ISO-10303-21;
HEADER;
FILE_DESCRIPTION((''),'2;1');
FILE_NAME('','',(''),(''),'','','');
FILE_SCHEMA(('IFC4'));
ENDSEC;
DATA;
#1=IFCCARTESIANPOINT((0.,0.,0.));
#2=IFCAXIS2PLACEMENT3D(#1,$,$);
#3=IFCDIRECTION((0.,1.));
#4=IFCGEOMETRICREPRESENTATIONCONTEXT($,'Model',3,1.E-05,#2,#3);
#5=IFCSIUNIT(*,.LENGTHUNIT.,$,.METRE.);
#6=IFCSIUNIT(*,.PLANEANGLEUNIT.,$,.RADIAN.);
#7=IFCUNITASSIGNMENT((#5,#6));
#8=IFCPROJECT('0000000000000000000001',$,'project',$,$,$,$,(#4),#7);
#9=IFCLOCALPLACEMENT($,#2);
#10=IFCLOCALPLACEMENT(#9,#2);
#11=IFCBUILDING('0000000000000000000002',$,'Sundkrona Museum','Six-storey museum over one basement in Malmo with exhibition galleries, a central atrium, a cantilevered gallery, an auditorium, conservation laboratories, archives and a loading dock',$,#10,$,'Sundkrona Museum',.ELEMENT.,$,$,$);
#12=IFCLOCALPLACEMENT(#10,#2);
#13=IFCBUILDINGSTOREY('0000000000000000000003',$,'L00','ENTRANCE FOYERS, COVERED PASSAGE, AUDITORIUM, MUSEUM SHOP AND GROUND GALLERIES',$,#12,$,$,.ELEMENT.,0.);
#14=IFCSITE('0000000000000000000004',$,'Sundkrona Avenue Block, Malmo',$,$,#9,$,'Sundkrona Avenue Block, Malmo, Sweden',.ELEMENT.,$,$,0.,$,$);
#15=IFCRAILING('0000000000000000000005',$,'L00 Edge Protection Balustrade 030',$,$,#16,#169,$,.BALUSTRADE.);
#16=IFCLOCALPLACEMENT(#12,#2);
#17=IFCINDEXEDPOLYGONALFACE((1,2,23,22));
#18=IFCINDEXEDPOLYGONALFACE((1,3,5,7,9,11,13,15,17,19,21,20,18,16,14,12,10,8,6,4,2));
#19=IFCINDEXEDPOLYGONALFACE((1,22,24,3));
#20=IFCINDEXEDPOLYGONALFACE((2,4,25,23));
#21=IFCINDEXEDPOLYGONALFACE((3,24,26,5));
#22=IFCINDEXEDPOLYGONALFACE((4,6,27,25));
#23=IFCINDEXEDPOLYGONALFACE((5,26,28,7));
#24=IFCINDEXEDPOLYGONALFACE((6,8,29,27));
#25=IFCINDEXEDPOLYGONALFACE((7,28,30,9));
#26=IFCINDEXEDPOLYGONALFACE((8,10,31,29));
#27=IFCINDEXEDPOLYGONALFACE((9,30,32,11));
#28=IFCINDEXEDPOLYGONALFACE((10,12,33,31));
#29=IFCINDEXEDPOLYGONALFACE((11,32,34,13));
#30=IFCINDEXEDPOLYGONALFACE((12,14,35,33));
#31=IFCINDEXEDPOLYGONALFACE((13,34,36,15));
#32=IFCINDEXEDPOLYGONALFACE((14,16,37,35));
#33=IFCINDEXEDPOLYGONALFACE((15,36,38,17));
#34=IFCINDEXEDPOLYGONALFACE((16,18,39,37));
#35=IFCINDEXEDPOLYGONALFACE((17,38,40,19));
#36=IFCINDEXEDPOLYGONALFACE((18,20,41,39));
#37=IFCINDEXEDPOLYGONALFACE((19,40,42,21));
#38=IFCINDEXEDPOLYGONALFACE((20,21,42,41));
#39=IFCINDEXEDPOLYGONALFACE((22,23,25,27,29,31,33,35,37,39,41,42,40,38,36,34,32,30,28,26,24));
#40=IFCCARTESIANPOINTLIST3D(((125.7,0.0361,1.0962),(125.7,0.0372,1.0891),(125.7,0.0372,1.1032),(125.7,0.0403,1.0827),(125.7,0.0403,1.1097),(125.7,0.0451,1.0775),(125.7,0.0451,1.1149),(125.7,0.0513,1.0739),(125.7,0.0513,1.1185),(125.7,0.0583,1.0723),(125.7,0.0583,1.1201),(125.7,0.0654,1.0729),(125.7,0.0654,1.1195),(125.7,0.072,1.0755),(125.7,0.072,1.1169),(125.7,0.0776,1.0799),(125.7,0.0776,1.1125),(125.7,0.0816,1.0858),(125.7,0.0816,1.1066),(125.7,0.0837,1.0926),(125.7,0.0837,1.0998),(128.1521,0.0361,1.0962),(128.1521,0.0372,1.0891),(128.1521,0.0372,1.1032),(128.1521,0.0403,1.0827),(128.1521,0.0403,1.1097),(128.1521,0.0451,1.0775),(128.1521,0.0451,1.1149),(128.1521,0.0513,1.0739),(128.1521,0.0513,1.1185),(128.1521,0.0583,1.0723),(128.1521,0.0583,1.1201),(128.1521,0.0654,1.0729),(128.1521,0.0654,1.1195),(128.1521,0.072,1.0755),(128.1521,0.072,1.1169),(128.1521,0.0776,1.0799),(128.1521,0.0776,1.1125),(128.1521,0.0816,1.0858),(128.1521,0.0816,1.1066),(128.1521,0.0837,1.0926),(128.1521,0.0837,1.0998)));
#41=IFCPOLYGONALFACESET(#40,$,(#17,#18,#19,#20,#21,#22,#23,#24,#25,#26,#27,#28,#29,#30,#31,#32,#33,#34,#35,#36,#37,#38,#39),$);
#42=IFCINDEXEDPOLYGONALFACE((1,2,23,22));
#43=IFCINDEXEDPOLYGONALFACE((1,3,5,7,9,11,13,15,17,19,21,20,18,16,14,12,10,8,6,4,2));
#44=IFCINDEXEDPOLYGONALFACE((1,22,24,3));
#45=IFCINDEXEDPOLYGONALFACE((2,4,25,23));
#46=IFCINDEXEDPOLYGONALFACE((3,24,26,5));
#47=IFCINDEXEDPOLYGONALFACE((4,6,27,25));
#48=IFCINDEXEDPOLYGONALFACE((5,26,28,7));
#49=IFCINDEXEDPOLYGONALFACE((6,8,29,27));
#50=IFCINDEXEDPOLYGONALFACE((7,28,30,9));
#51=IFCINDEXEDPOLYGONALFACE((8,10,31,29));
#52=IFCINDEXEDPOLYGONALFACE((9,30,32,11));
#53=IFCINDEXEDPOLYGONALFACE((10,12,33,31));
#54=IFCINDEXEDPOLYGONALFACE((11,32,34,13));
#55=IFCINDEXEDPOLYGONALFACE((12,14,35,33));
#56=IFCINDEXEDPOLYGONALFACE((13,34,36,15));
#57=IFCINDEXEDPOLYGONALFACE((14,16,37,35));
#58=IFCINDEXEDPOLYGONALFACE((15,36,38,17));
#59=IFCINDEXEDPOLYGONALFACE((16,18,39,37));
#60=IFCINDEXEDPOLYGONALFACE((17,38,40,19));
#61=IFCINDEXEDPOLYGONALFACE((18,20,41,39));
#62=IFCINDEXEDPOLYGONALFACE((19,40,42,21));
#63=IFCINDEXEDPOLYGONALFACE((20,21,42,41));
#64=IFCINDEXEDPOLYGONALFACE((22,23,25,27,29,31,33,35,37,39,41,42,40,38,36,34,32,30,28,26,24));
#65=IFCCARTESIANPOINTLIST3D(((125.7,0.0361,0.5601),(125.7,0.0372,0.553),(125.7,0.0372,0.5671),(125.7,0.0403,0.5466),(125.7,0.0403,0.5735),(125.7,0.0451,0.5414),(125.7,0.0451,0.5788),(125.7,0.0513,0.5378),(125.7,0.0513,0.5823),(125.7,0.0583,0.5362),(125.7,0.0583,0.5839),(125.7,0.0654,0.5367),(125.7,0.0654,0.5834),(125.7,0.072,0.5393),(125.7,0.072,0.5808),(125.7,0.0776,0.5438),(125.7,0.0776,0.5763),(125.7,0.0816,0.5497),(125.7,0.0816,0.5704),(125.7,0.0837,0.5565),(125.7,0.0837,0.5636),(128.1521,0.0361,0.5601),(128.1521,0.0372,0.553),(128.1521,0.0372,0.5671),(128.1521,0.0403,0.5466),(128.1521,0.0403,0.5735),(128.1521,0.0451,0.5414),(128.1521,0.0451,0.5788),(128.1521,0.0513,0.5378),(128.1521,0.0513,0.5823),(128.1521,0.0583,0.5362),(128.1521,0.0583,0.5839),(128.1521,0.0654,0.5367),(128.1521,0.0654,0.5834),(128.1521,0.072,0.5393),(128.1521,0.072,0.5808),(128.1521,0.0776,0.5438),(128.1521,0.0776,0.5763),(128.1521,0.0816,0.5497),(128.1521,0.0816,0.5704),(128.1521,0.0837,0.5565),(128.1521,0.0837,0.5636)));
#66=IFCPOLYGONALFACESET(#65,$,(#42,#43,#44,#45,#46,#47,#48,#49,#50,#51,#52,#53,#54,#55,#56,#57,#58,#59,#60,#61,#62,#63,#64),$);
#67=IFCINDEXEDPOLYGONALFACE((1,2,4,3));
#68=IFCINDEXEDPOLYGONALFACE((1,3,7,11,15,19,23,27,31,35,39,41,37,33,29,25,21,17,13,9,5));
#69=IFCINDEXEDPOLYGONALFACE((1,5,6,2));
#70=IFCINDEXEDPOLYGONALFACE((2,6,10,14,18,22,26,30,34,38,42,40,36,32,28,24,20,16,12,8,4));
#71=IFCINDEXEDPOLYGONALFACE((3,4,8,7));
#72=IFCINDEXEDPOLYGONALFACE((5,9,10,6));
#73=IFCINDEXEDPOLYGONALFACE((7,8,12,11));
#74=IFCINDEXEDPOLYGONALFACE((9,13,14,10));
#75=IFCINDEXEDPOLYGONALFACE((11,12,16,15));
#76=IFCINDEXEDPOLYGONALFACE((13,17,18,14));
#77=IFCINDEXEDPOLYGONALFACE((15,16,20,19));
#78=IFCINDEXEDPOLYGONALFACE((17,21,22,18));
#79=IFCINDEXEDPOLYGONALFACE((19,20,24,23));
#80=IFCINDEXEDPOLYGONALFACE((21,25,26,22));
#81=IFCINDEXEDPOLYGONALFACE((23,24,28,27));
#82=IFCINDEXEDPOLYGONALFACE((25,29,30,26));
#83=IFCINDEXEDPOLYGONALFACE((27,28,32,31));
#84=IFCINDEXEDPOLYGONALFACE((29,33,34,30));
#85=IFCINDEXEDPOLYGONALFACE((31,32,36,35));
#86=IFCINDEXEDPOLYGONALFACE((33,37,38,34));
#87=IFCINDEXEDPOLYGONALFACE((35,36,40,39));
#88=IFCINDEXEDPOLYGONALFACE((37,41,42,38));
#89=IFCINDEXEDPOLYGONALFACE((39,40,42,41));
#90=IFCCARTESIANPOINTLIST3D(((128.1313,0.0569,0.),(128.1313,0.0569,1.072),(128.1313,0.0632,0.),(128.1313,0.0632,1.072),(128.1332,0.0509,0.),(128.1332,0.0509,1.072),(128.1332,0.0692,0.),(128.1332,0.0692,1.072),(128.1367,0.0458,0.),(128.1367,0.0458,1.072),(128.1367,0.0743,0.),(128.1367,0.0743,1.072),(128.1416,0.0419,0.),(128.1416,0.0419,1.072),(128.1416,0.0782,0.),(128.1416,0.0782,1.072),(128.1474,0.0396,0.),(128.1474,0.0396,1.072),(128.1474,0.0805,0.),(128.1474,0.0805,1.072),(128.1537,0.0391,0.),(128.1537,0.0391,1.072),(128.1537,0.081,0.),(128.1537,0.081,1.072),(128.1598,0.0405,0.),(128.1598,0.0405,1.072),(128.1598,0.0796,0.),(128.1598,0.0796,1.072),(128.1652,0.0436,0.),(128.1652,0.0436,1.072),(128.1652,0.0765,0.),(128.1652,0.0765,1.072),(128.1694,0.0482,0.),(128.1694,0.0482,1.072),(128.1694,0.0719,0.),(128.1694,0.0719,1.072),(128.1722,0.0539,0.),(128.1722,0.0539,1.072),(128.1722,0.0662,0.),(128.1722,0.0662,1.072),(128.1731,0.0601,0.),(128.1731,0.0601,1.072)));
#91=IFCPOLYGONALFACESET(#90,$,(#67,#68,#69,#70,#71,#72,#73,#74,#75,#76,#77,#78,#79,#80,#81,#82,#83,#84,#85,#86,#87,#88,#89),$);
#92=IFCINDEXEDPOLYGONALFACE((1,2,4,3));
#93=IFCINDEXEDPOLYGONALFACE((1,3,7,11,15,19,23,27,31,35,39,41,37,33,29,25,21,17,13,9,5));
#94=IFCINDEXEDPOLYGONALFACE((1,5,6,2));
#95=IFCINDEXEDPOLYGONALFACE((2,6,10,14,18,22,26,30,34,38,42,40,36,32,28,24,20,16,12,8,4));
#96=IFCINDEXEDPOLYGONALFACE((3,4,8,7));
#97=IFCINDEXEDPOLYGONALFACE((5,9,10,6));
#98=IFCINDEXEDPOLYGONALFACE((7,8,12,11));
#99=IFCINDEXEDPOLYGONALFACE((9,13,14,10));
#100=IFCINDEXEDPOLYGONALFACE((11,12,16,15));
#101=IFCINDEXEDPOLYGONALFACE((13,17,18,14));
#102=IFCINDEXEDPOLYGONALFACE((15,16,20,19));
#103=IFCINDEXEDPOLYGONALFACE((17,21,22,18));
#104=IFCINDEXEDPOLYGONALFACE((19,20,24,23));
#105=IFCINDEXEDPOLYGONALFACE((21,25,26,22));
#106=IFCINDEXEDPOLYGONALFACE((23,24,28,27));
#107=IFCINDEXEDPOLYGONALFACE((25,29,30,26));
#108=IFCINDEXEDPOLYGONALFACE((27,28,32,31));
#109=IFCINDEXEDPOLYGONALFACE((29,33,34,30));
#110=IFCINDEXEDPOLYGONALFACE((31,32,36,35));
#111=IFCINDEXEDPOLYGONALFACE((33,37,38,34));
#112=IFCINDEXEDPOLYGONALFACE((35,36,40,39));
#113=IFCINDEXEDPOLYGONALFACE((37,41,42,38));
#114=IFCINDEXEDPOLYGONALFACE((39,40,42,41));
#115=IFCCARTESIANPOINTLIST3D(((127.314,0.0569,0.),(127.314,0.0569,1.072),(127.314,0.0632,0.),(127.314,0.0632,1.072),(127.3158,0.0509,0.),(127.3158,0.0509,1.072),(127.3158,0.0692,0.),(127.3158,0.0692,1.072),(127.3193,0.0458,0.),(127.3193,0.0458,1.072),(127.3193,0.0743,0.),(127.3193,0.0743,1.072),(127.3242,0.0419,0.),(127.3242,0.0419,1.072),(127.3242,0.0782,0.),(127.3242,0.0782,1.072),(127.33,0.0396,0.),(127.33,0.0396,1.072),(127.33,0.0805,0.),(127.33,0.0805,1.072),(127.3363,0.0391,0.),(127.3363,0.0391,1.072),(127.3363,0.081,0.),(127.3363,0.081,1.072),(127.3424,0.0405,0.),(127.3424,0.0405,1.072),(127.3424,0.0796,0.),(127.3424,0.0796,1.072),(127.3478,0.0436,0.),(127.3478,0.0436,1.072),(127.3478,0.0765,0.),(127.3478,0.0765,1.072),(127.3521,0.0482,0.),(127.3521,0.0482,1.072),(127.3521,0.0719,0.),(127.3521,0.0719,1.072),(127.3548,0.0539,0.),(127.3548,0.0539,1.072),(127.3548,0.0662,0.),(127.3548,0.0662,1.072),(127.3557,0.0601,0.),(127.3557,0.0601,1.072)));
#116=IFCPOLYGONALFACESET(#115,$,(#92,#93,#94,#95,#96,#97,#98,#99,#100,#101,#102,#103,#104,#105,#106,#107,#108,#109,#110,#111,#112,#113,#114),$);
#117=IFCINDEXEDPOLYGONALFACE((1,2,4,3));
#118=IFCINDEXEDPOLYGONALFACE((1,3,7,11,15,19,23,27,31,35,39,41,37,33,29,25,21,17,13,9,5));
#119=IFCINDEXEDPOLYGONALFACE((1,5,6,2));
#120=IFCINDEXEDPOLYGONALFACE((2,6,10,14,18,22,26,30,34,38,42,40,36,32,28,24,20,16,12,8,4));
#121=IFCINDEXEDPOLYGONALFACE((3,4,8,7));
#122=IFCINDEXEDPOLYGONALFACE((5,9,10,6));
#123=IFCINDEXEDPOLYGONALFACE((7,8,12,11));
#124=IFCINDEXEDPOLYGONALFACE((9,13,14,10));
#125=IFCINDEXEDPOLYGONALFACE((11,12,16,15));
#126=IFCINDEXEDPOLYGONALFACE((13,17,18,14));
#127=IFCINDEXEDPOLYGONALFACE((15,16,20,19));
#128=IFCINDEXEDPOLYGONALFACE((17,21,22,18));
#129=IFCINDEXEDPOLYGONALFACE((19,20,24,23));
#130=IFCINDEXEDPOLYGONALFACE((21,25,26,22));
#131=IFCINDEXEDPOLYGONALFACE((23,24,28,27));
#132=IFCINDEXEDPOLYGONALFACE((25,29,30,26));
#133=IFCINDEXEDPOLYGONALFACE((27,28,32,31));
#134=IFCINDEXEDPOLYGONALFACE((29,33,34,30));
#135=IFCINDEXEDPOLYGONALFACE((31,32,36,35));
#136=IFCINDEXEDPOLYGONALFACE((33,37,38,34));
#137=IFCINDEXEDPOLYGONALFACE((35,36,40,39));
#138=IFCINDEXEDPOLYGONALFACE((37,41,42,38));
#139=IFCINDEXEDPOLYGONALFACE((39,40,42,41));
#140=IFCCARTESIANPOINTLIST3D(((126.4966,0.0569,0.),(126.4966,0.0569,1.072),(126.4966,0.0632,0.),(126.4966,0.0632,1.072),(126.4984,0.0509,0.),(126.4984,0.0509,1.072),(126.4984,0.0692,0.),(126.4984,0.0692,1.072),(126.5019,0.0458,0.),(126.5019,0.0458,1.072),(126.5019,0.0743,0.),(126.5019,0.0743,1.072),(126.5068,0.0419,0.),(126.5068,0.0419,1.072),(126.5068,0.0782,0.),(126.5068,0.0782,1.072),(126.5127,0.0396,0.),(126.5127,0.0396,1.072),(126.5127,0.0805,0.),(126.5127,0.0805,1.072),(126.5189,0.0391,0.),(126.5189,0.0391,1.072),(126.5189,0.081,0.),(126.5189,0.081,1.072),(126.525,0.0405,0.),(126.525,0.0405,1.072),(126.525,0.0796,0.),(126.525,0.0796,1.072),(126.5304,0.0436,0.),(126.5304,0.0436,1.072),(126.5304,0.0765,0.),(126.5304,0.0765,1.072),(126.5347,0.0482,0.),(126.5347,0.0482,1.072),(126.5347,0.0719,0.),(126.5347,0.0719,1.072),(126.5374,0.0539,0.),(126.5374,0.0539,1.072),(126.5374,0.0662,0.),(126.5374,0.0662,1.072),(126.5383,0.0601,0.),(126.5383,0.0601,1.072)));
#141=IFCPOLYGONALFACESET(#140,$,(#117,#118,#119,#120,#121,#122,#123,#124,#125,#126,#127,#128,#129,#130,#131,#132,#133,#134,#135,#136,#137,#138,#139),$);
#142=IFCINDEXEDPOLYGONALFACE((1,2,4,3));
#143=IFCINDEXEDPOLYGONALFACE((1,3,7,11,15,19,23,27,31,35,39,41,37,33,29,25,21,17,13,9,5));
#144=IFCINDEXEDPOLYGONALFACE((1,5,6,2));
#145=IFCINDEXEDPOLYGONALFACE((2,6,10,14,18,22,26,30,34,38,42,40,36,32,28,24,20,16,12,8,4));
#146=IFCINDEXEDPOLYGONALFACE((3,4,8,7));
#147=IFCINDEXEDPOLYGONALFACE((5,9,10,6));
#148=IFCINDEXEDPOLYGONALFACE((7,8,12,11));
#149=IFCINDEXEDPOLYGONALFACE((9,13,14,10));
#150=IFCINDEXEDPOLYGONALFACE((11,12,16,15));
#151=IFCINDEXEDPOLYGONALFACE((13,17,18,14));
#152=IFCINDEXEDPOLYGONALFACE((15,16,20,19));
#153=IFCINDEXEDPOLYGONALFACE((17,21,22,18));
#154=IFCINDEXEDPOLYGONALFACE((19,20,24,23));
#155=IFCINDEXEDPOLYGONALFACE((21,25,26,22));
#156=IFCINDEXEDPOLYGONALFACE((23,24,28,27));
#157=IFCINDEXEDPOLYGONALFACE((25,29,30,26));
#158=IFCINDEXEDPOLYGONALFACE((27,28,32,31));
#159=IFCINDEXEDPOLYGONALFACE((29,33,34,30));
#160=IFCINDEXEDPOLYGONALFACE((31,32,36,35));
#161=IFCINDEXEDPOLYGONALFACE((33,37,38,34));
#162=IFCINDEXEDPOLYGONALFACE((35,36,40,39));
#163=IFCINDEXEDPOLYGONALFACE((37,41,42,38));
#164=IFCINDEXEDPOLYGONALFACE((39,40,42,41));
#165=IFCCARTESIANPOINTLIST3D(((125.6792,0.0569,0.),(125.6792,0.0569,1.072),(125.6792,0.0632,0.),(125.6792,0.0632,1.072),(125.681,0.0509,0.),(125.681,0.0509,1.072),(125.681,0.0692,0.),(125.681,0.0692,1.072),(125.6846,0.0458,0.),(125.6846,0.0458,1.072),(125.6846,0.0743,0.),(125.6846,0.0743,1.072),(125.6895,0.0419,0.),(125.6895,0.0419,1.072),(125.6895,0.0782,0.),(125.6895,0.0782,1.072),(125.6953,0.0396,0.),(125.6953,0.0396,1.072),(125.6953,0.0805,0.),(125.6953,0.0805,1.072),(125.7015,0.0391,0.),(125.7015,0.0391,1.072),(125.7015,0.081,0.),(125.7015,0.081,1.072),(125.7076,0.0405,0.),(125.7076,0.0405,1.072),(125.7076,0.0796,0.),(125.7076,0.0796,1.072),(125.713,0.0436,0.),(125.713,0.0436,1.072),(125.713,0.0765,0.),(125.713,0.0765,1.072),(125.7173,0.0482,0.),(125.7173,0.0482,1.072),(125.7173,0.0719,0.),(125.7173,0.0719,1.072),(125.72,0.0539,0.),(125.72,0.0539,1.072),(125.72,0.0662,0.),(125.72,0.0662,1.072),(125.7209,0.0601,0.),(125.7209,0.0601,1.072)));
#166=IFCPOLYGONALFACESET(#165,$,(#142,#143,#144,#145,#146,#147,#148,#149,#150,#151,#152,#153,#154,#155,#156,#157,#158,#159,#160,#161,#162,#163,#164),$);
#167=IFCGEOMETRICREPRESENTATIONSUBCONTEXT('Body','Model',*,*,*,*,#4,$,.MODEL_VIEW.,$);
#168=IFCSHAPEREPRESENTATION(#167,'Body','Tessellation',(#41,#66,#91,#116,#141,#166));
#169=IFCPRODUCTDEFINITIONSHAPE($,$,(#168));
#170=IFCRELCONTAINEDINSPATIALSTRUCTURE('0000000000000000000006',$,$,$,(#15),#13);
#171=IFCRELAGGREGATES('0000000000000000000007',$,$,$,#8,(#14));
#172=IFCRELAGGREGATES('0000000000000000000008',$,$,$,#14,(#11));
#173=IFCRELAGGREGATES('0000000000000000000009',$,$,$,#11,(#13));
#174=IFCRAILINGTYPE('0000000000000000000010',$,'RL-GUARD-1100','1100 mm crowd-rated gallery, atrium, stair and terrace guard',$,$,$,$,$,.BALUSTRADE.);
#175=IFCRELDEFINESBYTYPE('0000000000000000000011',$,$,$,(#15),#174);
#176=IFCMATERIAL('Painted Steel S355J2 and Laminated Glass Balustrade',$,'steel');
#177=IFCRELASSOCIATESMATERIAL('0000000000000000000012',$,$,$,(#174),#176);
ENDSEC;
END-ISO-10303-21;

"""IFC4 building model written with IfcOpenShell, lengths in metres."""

from ifc_helpers import new_model, si_unit, direction, frame, origin, origin_2d, place, context, subcontext, project, spatial, circle, extrude, material, type_object, element, save


model = new_model("IFC4")

# Units and contexts
model_context = context("Model", 3, precision=1e-05, world=origin(), true_north=direction((0.0, 1.0)))
body_context = subcontext(model_context, "Body", "Model", "MODEL_VIEW")
ifc_project = project(units=[si_unit("LENGTHUNIT", "METRE"), si_unit("PLANEANGLEUNIT", "RADIAN")], contexts=[model_context])

# Site, building, storey
site_placement = place(None, origin())
site = spatial("IfcSite", under=ifc_project, at=site_placement, Name="Sundkrona Avenue Block, Malmo", LongName="Sundkrona Avenue Block, Malmo, Sweden", CompositionType="ELEMENT", RefElevation=0.0)
building_placement = place(site_placement, origin())
building = spatial("IfcBuilding", under=site, at=building_placement, Name="Sundkrona Museum", Description="Six-storey museum over one basement in Malmo with exhibition galleries, a central atrium, a cantilevered gallery, an auditorium, conservation laboratories, archives and a loading dock", LongName="Sundkrona Museum", CompositionType="ELEMENT")
storey_placement = place(building_placement, origin())
storey = spatial("IfcBuildingStorey", under=building, at=storey_placement, Name="L00", Description="ENTRANCE FOYERS, COVERED PASSAGE, AUDITORIUM, MUSEUM SHOP AND GROUND GALLERIES", CompositionType="ELEMENT", Elevation=0.0)

# Railing
ifc_material_1 = material(Name="Painted Steel S355J2 and Laminated Glass Balustrade", Category="steel")
railing_type = type_object("IfcRailingType", Name="RL-GUARD-1100", Description="1100 mm crowd-rated gallery, atrium, stair and terrace guard", PredefinedType="BALUSTRADE", material=ifc_material_1)
railing_placement = place(storey_placement, frame((128.1521, 0.0601, 0.0)))
element("IfcRailing", 1, at=railing_placement, inside=storey, type_object=railing_type, Name="L00 Edge Protection Balustrade 030", PredefinedType="BALUSTRADE", context=body_context, shape_type="SweptSolid", body=[
    extrude(circle(Radius=0.0239, at=origin_2d()), frame((0.0, 0.0, 1.0962), z_axis=(-1.0, 0.0, 0.0), x_axis=(0.0, -1.0, 0.0)), (0.0, 0.0, 1.0), 2.4521),
    extrude(circle(Radius=0.0239, at=origin_2d()), frame((0.0, 0.0, 0.5601), z_axis=(-1.0, 0.0, 0.0), x_axis=(0.0, -1.0, 0.0)), (0.0, 0.0, 1.0), 2.4521),
    extrude(circle(Radius=0.021, at=origin_2d()), origin(), (0.0, 0.0, 1.0), 1.072),
    extrude(circle(Radius=0.021, at=origin_2d()), frame((-0.8174, 0.0, 0.0)), (0.0, 0.0, 1.0), 1.072),
    extrude(circle(Radius=0.021, at=origin_2d()), frame((-1.6348, 0.0, 0.0)), (0.0, 0.0, 1.0), 1.072),
    extrude(circle(Radius=0.021, at=origin_2d()), frame((-2.4521, 0.0, 0.0)), (0.0, 0.0, 1.0), 1.072),
])

save(model, "model.ifc")
